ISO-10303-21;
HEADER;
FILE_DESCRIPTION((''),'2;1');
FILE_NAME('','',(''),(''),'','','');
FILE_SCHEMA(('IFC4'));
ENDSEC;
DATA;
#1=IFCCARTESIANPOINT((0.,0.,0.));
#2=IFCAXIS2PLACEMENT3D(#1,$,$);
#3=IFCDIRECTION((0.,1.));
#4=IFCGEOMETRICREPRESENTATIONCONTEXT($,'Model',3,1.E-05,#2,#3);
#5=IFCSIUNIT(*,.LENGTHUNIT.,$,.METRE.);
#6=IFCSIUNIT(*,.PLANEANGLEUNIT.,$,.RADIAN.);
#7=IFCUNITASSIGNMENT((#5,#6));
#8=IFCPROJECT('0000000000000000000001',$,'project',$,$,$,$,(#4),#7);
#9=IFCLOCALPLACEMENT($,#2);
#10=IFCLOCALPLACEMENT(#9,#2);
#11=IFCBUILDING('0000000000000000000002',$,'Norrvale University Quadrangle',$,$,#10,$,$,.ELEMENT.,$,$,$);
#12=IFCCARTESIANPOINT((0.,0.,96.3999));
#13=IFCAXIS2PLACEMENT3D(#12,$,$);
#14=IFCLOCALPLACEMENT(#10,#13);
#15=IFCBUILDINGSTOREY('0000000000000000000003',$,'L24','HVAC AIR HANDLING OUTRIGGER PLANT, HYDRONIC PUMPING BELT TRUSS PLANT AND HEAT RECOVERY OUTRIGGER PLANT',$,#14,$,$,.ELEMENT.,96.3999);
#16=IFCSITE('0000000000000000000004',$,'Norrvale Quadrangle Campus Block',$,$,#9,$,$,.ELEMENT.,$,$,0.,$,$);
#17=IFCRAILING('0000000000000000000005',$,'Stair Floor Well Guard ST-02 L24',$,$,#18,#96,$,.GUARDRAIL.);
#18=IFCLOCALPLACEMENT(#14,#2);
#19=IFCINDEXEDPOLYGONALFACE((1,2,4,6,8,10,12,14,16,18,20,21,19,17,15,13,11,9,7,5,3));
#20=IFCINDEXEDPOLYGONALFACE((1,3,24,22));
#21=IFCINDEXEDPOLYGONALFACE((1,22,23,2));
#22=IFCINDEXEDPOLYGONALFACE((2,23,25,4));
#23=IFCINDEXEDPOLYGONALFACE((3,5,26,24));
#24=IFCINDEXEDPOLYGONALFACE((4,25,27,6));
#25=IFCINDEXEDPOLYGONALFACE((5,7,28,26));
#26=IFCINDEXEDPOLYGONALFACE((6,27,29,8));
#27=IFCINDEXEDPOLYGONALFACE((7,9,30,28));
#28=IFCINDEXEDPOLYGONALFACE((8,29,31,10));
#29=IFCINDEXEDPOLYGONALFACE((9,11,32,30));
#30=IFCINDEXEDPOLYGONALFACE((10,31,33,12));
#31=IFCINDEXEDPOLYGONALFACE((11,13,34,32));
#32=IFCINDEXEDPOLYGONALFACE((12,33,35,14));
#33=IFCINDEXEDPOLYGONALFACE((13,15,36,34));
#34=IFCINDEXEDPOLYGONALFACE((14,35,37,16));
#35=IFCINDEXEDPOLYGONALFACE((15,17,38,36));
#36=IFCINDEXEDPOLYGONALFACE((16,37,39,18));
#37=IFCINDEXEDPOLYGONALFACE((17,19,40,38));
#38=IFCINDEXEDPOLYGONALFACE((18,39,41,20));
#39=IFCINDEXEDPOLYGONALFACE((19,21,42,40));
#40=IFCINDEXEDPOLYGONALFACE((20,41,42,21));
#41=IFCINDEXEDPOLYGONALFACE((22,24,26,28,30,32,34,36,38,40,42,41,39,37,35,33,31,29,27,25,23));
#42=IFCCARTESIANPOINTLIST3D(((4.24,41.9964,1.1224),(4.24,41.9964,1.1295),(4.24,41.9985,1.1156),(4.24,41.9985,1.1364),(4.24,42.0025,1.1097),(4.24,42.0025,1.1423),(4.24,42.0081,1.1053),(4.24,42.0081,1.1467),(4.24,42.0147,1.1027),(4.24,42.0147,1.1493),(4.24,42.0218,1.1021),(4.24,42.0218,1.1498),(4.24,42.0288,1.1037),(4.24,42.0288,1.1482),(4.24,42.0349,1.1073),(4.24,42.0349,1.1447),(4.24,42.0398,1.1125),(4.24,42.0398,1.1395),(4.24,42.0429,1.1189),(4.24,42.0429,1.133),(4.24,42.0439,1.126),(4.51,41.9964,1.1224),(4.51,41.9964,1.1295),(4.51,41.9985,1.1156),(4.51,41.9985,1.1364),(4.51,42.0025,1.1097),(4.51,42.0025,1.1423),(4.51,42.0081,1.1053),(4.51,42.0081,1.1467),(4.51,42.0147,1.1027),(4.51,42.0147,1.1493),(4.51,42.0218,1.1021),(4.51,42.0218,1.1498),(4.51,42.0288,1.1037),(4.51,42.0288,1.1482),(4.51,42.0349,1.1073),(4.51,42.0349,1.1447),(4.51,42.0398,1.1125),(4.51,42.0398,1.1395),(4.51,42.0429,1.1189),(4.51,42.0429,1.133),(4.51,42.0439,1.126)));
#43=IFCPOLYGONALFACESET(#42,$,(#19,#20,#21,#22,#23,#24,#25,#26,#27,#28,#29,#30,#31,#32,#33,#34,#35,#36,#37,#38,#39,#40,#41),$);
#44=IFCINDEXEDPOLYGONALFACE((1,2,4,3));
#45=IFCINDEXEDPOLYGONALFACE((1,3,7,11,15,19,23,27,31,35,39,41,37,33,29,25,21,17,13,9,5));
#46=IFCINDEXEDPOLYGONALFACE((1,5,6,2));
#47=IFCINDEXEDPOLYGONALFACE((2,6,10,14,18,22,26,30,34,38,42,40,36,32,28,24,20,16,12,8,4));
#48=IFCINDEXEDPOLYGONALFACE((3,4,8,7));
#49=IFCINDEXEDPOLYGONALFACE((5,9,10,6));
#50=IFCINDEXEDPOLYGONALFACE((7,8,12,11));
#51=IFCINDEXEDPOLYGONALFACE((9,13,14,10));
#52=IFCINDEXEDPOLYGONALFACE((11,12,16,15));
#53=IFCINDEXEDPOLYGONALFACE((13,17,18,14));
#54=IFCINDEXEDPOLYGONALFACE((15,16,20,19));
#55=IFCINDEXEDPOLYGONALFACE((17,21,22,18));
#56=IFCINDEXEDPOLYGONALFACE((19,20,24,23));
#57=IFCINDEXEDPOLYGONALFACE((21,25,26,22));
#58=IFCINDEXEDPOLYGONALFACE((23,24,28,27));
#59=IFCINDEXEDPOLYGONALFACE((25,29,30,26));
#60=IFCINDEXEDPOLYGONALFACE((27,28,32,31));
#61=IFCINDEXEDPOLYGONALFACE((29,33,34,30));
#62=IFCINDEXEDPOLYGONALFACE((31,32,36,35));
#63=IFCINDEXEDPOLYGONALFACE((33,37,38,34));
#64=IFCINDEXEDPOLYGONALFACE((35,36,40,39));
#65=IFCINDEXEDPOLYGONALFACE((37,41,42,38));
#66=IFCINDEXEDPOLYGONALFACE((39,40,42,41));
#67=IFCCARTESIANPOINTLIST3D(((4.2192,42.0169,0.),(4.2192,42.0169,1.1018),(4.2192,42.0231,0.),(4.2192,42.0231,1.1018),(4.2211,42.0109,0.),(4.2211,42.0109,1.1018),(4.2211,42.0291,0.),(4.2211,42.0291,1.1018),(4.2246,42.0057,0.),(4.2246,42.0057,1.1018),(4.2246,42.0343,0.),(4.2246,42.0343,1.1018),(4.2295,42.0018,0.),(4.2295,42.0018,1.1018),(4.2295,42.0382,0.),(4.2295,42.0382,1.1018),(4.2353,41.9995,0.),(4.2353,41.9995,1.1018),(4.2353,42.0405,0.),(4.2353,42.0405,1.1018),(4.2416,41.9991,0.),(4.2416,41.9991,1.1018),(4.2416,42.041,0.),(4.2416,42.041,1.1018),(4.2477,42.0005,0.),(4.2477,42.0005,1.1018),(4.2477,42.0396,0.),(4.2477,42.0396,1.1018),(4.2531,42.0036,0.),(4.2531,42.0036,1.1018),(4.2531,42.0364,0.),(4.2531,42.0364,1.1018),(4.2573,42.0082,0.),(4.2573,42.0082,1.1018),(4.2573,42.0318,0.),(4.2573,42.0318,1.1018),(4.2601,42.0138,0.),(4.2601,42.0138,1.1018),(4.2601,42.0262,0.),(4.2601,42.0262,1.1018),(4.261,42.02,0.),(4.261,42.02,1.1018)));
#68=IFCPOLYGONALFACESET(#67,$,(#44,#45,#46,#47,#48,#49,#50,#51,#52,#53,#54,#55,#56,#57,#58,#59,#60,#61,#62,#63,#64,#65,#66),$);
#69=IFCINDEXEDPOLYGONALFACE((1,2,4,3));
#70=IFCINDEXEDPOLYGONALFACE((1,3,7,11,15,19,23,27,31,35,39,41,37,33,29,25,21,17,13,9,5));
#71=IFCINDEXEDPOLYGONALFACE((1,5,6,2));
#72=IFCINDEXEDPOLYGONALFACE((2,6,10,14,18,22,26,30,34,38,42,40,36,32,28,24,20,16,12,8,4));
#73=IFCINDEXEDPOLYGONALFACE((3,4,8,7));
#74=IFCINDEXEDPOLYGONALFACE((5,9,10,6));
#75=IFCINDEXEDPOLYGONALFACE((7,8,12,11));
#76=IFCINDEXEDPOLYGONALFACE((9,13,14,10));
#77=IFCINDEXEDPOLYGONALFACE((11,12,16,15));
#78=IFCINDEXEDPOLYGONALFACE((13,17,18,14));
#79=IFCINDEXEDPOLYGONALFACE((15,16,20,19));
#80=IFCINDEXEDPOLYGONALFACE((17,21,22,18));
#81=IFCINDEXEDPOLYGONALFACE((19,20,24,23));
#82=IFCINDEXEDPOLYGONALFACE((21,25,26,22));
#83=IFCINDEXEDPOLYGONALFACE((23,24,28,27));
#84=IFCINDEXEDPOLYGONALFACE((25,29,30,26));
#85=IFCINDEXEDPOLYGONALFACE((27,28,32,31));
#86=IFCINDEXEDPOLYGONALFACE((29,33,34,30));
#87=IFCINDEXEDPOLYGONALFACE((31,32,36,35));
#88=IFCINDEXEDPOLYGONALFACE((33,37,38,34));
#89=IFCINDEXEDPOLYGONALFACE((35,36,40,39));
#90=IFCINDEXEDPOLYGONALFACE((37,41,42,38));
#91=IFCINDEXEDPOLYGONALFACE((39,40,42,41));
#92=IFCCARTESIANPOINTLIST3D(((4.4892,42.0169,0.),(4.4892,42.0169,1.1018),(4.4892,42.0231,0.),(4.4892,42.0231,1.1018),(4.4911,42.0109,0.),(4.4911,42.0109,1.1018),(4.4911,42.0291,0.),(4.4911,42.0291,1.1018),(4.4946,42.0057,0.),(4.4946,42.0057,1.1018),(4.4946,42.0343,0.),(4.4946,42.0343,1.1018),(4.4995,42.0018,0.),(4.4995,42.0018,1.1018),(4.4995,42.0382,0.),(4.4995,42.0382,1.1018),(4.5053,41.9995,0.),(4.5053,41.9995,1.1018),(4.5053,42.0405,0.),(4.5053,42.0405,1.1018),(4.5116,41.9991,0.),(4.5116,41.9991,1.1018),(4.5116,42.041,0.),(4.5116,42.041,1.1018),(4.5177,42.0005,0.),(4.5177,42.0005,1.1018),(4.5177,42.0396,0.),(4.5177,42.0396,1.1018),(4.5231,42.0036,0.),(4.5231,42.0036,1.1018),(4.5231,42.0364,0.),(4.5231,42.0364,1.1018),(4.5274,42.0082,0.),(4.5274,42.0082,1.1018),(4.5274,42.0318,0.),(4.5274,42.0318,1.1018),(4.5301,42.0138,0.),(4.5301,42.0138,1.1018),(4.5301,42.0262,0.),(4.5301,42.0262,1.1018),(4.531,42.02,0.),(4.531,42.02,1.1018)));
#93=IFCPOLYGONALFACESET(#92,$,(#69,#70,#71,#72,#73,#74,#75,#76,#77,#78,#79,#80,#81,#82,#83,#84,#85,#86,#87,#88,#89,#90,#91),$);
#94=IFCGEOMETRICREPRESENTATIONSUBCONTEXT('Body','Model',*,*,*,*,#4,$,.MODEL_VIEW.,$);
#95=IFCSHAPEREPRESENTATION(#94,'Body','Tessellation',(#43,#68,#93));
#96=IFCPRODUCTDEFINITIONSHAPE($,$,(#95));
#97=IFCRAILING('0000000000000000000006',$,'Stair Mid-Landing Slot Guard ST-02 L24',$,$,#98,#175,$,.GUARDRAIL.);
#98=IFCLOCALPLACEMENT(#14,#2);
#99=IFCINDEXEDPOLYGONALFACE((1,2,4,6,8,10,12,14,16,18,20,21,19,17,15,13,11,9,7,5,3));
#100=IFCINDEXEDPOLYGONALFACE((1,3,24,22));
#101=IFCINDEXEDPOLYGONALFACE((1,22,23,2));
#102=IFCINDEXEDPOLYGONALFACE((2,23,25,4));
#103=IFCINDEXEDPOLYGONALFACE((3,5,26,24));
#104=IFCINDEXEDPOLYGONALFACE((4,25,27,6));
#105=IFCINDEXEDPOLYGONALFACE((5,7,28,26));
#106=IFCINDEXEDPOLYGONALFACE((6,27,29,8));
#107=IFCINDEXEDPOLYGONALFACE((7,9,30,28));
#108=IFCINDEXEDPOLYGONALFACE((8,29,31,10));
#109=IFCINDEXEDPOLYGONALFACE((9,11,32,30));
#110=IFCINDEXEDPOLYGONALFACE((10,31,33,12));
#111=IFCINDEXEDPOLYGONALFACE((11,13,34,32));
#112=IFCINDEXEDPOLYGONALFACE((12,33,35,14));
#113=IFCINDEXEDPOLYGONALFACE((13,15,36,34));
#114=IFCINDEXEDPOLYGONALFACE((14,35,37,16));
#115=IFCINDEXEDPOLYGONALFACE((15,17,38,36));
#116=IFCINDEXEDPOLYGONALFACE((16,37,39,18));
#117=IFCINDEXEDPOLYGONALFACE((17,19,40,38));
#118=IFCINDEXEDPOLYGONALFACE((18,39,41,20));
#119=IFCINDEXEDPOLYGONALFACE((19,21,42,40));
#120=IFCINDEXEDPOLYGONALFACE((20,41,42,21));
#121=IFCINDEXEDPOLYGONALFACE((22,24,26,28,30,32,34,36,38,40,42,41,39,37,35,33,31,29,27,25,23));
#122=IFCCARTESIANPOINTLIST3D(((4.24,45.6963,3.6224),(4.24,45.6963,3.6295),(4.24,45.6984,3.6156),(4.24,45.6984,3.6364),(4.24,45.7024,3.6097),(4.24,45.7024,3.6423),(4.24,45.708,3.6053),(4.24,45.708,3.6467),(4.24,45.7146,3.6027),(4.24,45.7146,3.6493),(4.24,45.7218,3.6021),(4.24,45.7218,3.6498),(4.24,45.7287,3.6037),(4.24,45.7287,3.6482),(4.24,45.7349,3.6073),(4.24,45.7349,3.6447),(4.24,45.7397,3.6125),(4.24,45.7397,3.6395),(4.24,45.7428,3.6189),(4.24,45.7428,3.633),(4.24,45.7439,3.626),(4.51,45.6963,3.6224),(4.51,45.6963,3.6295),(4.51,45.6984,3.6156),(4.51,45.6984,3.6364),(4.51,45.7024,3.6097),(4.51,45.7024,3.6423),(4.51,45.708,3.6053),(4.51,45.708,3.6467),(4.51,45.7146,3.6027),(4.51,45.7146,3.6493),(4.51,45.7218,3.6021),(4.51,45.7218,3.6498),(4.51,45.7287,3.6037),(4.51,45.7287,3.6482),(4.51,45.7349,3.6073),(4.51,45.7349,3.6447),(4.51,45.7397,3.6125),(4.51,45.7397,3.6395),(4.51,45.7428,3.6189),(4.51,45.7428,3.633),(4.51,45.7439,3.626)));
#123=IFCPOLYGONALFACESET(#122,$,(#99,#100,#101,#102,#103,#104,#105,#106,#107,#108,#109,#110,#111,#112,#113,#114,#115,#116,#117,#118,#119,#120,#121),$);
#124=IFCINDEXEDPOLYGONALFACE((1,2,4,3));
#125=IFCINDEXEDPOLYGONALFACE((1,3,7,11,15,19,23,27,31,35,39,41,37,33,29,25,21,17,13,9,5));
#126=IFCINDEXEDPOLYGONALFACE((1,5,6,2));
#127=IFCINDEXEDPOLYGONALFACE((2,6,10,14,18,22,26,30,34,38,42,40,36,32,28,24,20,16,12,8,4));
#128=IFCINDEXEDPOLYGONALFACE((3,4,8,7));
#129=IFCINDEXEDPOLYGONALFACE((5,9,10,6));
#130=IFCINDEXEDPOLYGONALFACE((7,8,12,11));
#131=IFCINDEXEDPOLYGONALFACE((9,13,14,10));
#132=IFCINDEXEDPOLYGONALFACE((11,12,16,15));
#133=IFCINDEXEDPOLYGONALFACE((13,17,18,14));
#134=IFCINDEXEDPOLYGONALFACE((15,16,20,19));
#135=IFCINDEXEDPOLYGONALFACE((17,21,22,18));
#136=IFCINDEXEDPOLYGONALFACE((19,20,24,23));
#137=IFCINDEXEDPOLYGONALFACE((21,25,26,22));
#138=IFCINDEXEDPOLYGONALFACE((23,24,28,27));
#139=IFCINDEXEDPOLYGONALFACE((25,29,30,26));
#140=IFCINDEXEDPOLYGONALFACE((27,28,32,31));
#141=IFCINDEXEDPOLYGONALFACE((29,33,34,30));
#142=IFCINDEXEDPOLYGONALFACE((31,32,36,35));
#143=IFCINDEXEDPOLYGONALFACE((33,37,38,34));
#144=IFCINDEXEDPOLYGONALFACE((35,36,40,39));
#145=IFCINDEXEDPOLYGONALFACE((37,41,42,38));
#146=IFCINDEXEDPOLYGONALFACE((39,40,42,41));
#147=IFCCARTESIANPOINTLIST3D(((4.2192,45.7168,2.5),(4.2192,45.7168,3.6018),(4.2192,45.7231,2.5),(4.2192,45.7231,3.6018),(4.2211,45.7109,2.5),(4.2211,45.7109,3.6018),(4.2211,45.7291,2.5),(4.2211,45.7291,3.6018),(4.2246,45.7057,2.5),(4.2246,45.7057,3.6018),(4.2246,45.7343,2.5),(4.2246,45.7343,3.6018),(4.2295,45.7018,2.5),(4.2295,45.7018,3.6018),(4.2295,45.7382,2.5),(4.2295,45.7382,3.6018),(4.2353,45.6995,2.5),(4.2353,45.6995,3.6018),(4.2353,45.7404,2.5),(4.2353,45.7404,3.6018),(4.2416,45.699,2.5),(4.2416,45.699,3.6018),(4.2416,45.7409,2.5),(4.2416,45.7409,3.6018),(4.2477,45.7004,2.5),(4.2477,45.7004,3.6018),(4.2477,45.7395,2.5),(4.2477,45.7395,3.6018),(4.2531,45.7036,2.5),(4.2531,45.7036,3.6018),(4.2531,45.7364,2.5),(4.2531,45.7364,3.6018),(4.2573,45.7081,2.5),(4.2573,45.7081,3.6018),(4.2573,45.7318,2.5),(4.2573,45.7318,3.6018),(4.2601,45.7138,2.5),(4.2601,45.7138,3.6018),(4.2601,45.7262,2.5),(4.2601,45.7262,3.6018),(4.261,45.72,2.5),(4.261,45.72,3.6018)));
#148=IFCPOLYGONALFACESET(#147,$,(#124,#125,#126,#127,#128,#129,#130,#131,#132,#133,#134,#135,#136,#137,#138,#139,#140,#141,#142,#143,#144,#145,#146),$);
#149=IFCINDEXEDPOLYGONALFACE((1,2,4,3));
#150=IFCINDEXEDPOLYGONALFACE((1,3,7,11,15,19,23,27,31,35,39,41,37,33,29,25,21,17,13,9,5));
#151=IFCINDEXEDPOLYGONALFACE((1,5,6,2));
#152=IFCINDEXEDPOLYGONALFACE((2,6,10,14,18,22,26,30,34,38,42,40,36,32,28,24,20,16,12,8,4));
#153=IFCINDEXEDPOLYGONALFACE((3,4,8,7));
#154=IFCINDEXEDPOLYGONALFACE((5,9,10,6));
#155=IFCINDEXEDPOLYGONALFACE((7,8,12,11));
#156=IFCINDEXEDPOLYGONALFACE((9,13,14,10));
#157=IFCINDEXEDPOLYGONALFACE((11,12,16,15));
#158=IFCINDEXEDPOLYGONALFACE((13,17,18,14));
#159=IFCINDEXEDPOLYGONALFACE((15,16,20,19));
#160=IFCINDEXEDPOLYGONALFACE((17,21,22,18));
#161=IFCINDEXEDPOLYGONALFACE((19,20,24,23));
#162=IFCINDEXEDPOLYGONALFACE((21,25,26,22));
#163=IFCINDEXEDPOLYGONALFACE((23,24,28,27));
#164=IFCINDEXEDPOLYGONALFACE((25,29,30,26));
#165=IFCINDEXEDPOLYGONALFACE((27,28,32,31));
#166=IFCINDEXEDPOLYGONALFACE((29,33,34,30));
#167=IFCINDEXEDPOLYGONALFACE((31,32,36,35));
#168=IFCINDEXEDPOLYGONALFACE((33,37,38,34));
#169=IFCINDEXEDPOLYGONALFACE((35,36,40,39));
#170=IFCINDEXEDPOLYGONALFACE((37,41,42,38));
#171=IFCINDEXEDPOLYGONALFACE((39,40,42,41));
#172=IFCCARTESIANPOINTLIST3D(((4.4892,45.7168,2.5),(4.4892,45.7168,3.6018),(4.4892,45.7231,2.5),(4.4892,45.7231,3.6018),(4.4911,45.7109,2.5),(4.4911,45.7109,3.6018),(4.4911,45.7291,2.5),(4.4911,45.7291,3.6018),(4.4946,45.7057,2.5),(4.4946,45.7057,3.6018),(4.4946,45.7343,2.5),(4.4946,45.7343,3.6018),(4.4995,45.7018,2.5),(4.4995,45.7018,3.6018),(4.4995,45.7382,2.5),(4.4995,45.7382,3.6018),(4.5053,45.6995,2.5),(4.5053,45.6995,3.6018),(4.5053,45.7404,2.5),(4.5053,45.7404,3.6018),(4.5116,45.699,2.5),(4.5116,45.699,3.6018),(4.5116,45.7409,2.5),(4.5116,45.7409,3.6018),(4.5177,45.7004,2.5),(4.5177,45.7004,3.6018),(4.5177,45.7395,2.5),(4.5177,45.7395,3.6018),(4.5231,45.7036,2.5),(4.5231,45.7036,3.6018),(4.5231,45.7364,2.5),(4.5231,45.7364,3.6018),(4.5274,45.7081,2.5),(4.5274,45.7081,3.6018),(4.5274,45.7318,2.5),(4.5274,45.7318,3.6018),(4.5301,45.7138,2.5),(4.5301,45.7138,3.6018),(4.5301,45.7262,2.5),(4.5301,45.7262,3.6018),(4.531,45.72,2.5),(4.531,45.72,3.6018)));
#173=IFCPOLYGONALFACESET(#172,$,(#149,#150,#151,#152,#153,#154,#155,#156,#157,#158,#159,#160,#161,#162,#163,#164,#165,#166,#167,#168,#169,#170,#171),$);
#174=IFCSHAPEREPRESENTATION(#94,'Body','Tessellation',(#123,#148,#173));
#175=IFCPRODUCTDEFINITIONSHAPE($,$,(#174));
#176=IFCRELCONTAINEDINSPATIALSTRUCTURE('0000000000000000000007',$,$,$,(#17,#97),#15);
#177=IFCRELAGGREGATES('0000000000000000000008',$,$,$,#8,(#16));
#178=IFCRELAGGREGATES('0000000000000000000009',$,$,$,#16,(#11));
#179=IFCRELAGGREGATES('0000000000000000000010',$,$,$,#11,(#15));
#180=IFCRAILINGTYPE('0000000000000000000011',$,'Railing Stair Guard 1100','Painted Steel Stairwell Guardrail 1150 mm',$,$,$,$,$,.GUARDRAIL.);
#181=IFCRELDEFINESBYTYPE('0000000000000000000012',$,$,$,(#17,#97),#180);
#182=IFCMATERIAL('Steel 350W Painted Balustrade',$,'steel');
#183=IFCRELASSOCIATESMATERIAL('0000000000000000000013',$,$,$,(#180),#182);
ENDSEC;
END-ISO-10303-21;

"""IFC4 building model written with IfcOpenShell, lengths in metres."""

from ifc_helpers import new_model, si_unit, direction, frame, origin, origin_2d, place, context, subcontext, project, spatial, circle, extrude, material, type_object, element, save


model = new_model("IFC4")

# Units and contexts
model_context = context("Model", 3, precision=1e-05, world=origin(), true_north=direction((0.0, 1.0)))
body_context = subcontext(model_context, "Body", "Model", "MODEL_VIEW")
ifc_project = project(units=[si_unit("LENGTHUNIT", "METRE"), si_unit("PLANEANGLEUNIT", "RADIAN")], contexts=[model_context])

# Site, building, storey
site_placement = place(None, origin())
site = spatial("IfcSite", under=ifc_project, at=site_placement, Name="Norrvale Quadrangle Campus Block", CompositionType="ELEMENT", RefElevation=0.0)
building_placement = place(site_placement, origin())
building = spatial("IfcBuilding", under=site, at=building_placement, Name="Norrvale University Quadrangle", CompositionType="ELEMENT")
storey_placement = place(building_placement, frame((0.0, 0.0, 96.3999)))
storey = spatial("IfcBuildingStorey", under=building, at=storey_placement, Name="L24", Description="HVAC AIR HANDLING OUTRIGGER PLANT, HYDRONIC PUMPING BELT TRUSS PLANT AND HEAT RECOVERY OUTRIGGER PLANT", CompositionType="ELEMENT", Elevation=96.3999)

# Railings
ifc_material_1 = material(Name="Steel 350W Painted Balustrade", Category="steel")
railing_type_1 = type_object("IfcRailingType", Name="Railing Stair Guard 1100", Description="Painted Steel Stairwell Guardrail 1150 mm", PredefinedType="GUARDRAIL", material=ifc_material_1)
for number, where, name in (
    (1, (4.24, 42.02, 0.0), "Stair Floor Well Guard ST-02 L24"),
    (2, (4.24, 45.72, 2.5), "Stair Mid-Landing Slot Guard ST-02 L24"),
):
    element("IfcRailing", number, at=place(storey_placement, frame(where)), inside=storey, type_object=railing_type_1, Name=name, PredefinedType="GUARDRAIL", context=body_context, shape_type="SweptSolid", body=[
        extrude(circle(Radius=0.0239, at=origin_2d()), frame((0.0, 0.0, 1.126), z_axis=(1.0, 0.0, 0.0), x_axis=(0.0, 1.0, 0.0)), (0.0, 0.0, 1.0), 0.27),
        extrude(circle(Radius=0.021, at=origin_2d()), origin(), (0.0, 0.0, 1.0), 1.1018),
        extrude(circle(Radius=0.021, at=origin_2d()), frame((0.27, 0.0, 0.0)), (0.0, 0.0, 1.0), 1.1018),
    ])

save(model, "model.ifc")
